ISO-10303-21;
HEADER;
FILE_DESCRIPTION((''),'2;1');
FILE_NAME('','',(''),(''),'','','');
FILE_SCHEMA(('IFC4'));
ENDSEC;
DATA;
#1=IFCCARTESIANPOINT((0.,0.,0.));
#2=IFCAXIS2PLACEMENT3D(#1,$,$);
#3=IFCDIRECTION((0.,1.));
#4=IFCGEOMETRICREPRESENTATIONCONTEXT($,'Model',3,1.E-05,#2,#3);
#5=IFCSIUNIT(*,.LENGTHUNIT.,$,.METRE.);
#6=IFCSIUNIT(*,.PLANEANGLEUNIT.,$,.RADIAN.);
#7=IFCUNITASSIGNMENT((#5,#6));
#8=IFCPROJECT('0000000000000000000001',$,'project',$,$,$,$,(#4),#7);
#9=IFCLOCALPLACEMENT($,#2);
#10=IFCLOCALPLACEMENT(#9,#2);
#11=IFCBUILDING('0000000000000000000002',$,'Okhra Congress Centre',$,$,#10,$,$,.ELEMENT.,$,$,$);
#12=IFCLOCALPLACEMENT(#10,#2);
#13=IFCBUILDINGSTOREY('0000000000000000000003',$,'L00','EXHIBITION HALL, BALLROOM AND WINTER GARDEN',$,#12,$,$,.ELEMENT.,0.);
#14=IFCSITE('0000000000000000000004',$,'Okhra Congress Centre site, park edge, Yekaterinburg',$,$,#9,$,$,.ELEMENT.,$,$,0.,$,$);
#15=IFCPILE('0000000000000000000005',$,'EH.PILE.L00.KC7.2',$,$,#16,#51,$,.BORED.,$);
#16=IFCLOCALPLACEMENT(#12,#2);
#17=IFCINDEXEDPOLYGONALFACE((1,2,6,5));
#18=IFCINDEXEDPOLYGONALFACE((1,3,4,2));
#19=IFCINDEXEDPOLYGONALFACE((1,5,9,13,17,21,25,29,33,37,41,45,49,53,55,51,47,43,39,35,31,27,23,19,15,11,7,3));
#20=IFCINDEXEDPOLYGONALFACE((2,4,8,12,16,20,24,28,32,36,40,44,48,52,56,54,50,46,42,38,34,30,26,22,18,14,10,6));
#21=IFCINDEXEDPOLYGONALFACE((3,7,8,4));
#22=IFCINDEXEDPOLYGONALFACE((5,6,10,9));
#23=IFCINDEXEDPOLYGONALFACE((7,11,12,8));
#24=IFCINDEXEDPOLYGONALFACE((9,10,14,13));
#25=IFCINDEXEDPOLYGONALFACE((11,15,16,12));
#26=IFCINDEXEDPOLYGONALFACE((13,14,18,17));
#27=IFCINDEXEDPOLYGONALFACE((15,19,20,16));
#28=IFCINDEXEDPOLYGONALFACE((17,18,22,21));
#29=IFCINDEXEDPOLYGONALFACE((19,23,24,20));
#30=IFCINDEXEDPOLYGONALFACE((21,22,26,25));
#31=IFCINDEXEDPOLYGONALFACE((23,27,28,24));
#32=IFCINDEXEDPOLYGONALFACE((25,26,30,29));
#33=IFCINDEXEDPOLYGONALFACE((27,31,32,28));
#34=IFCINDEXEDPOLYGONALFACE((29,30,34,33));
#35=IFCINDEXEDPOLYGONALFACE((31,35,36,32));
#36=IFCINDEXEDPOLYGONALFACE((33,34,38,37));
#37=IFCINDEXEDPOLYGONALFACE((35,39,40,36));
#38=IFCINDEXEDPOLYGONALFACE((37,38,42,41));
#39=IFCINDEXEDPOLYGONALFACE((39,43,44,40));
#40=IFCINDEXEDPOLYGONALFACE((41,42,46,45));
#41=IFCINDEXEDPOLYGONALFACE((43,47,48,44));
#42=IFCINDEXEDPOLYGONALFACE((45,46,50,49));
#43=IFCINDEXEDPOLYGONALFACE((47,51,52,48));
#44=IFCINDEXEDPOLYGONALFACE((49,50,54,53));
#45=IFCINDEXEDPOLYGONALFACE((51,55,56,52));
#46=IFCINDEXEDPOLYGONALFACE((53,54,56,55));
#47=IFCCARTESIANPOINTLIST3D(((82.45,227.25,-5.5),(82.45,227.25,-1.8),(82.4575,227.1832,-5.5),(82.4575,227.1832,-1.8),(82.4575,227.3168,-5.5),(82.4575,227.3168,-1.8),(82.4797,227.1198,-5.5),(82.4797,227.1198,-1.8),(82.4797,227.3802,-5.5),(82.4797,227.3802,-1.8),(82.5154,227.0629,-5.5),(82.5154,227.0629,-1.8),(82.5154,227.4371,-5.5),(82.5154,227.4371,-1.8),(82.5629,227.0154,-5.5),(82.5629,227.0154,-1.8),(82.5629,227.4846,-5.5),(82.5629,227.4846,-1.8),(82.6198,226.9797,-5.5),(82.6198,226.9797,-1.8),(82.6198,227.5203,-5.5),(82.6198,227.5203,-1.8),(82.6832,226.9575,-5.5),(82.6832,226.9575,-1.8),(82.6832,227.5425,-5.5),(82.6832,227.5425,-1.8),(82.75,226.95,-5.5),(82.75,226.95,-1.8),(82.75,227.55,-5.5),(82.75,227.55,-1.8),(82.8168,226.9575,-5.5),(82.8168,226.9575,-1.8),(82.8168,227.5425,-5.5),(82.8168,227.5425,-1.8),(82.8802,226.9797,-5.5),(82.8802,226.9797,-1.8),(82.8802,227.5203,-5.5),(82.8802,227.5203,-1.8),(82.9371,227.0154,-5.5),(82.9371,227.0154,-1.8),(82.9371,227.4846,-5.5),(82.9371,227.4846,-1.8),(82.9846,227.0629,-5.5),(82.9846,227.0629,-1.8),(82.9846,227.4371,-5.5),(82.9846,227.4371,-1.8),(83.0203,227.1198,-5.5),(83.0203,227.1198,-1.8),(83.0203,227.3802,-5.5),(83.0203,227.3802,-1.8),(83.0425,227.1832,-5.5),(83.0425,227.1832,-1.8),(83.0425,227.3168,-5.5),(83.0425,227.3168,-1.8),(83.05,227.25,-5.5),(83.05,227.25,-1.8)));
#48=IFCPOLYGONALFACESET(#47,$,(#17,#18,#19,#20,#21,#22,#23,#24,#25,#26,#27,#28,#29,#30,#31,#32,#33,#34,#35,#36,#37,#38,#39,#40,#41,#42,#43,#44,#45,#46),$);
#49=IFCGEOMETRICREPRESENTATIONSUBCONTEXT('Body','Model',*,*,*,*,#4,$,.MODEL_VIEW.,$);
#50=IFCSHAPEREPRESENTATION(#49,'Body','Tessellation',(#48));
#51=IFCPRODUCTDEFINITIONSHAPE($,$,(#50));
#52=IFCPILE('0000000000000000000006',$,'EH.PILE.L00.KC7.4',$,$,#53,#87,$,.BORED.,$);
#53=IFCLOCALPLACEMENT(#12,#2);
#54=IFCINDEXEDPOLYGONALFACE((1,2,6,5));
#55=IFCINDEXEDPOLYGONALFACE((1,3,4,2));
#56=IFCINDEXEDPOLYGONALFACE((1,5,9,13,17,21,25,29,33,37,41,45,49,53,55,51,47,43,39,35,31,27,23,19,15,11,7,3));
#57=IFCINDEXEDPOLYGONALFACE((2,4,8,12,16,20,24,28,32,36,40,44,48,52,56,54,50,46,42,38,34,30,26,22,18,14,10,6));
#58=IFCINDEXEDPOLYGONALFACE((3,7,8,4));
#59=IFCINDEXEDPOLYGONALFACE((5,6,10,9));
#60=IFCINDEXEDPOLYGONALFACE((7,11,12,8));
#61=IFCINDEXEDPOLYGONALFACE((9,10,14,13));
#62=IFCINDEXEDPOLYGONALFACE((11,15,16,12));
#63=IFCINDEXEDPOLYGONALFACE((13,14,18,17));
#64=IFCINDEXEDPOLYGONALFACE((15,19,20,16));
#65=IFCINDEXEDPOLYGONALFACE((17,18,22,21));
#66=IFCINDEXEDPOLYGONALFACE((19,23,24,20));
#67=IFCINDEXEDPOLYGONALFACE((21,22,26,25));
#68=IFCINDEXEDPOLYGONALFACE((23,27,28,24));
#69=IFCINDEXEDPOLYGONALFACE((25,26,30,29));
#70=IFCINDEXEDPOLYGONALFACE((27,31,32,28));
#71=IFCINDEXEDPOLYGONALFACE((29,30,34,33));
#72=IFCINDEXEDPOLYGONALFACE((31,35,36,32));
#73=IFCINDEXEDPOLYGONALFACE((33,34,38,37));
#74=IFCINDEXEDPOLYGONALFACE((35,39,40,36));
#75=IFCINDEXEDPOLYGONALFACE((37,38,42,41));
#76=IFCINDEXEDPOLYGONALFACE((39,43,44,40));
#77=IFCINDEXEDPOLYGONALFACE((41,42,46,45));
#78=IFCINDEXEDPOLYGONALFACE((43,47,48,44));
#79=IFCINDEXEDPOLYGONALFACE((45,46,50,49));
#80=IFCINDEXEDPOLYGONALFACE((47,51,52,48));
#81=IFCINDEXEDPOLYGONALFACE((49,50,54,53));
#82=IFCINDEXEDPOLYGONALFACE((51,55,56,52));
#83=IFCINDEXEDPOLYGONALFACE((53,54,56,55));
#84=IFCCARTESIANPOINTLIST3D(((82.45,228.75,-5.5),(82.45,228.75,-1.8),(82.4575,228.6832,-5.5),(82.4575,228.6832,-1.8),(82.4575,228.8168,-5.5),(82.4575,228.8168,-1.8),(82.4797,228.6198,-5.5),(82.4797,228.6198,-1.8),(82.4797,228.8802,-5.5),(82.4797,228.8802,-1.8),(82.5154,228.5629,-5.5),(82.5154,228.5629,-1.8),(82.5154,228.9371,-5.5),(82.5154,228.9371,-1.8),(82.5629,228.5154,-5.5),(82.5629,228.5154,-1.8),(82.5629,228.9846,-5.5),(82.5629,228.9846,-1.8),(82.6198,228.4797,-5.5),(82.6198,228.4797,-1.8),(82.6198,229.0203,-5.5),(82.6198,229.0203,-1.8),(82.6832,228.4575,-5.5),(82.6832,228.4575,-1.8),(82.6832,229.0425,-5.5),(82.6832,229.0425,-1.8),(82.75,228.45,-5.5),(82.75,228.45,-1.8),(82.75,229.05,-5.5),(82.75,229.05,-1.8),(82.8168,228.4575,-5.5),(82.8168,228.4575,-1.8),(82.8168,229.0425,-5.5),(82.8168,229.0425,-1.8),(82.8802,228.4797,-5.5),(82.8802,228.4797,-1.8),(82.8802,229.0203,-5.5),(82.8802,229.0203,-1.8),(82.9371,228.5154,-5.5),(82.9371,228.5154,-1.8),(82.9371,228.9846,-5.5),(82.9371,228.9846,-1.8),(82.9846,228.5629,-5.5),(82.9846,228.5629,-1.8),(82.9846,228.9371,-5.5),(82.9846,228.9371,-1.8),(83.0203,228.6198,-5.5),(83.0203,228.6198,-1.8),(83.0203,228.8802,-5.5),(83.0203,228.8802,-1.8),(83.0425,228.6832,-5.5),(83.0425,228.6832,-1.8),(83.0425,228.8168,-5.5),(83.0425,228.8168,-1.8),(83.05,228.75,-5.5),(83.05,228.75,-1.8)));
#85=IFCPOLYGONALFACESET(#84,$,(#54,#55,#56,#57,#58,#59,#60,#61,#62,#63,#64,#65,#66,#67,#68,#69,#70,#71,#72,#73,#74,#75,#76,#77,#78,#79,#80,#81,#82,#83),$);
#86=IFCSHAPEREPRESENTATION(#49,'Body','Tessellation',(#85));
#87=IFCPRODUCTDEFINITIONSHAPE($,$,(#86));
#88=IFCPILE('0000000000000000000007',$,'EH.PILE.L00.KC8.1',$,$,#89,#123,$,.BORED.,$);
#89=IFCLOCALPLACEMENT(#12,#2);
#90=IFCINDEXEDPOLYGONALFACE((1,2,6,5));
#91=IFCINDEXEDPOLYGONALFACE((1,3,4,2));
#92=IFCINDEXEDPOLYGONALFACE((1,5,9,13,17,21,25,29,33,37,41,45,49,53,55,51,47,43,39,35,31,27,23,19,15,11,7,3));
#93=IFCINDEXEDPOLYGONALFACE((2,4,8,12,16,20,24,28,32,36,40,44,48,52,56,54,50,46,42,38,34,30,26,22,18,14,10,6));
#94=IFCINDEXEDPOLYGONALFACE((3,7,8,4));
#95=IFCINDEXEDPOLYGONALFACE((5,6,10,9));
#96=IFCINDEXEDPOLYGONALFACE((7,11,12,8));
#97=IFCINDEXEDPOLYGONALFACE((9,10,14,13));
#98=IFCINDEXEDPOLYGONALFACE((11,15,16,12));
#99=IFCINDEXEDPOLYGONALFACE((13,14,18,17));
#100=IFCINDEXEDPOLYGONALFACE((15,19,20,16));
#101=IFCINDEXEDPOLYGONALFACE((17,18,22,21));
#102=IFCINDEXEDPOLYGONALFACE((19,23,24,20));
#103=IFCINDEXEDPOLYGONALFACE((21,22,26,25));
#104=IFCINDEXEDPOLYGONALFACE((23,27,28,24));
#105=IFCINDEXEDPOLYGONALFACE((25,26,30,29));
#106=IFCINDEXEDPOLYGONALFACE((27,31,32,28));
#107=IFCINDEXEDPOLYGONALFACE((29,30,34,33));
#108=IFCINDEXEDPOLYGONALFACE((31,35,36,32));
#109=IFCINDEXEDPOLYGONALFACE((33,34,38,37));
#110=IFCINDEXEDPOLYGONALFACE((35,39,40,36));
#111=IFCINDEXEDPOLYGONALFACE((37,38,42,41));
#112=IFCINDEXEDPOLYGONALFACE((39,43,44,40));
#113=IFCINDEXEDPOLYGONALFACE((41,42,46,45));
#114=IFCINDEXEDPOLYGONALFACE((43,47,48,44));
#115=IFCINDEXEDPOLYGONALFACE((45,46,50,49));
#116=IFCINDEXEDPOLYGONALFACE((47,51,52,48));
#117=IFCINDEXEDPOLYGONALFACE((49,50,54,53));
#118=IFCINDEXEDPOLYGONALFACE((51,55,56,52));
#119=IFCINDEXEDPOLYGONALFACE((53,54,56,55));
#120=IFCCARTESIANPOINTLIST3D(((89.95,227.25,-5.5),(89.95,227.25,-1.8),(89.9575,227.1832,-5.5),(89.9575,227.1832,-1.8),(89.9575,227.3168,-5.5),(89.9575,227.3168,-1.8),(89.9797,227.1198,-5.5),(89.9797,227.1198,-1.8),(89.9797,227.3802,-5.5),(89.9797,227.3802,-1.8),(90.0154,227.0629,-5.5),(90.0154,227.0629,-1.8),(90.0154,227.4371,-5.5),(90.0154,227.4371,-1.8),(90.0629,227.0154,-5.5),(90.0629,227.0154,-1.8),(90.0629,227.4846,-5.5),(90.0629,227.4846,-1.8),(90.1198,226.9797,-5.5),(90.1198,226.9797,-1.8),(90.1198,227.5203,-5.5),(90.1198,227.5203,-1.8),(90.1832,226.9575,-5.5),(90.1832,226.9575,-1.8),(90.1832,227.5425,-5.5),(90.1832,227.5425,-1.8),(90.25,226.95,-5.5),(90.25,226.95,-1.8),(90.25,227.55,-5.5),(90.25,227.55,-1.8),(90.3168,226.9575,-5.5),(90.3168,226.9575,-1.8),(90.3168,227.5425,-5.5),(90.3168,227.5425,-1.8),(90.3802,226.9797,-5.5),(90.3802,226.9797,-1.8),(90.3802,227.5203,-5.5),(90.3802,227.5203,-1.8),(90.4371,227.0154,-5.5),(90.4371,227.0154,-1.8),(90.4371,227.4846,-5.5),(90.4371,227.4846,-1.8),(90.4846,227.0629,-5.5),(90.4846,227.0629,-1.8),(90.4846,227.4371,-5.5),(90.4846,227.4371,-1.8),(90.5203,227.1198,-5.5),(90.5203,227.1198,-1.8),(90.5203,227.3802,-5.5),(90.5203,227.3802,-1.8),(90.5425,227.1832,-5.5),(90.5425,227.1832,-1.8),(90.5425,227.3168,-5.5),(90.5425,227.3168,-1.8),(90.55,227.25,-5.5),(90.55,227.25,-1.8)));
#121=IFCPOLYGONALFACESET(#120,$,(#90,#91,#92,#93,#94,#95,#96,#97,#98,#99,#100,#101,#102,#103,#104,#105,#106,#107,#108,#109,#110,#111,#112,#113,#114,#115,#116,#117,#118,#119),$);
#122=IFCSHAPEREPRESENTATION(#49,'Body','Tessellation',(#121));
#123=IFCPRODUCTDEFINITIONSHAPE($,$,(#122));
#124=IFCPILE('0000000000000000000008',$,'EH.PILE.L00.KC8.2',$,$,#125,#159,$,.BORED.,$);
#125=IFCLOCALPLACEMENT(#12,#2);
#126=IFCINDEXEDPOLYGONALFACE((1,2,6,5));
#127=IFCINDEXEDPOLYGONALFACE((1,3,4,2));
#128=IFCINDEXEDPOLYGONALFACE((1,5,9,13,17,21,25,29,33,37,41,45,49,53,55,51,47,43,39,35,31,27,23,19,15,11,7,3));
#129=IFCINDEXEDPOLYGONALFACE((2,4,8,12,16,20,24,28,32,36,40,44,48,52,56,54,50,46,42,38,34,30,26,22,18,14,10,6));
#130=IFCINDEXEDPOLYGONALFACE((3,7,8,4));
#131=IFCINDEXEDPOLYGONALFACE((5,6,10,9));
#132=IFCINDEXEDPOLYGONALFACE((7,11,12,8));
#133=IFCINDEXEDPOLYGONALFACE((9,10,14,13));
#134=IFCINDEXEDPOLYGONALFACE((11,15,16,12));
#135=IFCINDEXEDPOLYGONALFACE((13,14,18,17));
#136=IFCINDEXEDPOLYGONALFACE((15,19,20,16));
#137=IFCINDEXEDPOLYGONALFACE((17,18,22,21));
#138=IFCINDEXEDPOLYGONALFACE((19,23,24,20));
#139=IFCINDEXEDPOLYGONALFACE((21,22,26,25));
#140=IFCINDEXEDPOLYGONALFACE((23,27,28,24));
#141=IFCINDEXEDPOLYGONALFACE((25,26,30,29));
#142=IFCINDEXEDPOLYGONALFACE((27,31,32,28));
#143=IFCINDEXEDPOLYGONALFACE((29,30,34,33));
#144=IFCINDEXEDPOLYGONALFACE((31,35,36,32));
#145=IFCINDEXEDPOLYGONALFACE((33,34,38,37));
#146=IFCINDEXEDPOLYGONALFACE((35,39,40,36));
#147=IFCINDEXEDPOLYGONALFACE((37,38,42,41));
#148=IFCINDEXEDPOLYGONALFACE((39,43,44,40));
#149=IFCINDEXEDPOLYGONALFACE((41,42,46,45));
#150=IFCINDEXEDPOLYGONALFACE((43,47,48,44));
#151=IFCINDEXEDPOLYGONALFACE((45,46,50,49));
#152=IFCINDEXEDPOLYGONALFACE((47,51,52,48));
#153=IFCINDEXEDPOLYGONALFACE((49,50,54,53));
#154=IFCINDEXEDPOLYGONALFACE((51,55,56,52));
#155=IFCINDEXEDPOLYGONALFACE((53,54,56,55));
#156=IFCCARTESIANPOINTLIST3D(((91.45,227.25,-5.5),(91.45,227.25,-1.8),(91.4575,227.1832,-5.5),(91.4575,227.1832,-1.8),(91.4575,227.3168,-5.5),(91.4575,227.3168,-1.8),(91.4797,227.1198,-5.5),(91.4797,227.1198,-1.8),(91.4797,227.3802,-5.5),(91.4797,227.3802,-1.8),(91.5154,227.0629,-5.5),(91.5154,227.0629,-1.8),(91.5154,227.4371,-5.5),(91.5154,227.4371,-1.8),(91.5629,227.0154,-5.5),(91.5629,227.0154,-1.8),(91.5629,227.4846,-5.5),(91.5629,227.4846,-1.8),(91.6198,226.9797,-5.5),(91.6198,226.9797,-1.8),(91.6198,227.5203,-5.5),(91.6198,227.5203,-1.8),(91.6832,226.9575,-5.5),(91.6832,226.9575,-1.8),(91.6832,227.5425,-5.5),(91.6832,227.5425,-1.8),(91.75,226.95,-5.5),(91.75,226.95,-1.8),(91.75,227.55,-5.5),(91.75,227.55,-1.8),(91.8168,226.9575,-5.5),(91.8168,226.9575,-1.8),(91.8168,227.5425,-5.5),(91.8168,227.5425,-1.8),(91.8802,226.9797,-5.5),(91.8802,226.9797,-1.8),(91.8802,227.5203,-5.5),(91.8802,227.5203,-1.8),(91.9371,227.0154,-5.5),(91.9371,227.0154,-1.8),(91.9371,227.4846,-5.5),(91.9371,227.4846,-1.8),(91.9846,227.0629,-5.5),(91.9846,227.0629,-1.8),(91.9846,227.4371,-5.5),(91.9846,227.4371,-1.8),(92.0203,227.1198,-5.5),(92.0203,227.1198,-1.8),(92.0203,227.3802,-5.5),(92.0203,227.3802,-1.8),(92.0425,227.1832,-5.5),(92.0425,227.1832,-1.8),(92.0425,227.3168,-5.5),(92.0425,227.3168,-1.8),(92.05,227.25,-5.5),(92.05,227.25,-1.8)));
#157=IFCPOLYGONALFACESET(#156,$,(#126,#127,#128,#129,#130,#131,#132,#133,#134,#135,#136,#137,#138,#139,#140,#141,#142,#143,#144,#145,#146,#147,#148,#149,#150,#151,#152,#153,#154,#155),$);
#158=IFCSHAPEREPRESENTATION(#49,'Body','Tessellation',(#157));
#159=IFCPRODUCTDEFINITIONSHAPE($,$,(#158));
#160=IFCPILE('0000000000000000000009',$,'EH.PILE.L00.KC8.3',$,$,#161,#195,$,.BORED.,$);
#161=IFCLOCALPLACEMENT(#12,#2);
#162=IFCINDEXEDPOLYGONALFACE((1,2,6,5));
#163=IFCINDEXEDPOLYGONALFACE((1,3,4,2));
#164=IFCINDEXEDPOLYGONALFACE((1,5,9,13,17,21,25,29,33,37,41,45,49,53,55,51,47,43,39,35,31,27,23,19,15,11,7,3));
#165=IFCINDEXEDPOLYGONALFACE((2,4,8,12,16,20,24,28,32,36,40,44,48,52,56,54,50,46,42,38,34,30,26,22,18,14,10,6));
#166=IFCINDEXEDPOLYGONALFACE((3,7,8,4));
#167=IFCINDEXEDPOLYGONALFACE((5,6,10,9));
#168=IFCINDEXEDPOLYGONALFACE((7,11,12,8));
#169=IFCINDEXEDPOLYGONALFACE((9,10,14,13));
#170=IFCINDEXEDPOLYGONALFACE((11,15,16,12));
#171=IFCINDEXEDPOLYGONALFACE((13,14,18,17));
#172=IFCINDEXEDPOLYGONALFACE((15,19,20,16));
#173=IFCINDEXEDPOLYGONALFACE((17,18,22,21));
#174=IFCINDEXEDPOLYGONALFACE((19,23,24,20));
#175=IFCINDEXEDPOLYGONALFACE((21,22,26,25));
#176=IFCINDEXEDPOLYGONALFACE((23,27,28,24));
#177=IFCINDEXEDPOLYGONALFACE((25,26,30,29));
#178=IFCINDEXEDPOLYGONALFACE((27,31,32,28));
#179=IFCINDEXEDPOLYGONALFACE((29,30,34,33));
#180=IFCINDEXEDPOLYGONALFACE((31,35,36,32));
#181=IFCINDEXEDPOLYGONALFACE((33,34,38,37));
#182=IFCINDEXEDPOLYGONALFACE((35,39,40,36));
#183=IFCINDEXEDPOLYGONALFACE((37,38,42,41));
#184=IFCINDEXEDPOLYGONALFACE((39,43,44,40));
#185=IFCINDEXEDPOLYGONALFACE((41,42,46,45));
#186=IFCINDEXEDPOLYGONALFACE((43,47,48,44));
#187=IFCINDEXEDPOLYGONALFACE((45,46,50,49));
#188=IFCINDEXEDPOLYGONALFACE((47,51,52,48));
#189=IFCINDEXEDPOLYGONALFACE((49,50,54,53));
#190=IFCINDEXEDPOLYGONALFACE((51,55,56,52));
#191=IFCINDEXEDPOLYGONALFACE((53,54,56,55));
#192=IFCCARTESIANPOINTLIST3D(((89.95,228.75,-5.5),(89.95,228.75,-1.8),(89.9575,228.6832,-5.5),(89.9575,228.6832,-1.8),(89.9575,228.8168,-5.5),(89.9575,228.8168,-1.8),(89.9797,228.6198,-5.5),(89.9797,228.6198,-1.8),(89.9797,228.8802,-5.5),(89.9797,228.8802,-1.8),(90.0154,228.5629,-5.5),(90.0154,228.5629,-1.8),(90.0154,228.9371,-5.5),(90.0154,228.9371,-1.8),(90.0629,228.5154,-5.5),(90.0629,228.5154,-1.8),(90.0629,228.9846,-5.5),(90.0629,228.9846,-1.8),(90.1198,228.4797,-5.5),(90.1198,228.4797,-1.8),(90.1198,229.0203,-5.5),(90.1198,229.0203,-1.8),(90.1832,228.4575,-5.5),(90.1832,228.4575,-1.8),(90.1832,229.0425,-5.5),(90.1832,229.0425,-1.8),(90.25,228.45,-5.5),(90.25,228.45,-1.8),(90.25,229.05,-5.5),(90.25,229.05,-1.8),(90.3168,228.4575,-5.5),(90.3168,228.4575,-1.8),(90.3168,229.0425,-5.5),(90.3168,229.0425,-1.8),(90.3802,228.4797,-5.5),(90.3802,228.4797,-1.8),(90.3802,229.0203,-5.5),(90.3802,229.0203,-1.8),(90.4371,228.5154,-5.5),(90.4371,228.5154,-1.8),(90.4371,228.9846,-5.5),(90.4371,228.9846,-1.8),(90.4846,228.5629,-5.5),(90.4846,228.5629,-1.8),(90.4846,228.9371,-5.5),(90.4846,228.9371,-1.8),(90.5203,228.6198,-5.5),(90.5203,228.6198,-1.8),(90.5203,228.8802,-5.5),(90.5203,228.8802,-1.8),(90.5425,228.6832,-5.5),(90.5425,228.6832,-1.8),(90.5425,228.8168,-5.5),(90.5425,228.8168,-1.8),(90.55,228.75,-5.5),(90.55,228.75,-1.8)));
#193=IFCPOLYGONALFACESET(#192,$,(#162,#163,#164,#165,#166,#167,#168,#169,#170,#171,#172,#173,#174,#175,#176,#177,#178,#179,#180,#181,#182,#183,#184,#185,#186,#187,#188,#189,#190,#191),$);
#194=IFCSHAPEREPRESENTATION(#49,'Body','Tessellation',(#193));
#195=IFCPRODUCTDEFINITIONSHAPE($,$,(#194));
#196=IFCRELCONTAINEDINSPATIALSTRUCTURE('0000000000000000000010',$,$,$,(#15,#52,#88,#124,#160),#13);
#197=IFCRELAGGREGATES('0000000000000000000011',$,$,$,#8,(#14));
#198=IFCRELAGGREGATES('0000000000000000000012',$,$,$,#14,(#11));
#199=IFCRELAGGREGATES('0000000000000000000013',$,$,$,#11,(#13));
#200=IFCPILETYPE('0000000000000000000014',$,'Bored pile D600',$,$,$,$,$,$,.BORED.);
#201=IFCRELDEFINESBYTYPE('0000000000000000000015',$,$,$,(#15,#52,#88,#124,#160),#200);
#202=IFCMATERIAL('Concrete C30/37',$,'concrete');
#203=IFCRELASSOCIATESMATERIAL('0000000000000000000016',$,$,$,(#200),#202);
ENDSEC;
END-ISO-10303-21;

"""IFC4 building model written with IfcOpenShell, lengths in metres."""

from ifc_helpers import new_model, si_unit, direction, frame, origin, origin_2d, place, context, subcontext, project, spatial, circle, extrude, material, material_profile, profile_set, type_object, element, save


model = new_model("IFC4")

# Units and contexts
model_context = context("Model", 3, precision=1e-05, world=origin(), true_north=direction((0.0, 1.0)))
body_context = subcontext(model_context, "Body", "Model", "MODEL_VIEW")
ifc_project = project(units=[si_unit("LENGTHUNIT", "METRE"), si_unit("PLANEANGLEUNIT", "RADIAN")], contexts=[model_context])

# Site, building, storey
site_placement = place(None, origin())
site = spatial("IfcSite", under=ifc_project, at=site_placement, Name="Okhra Congress Centre site, park edge, Yekaterinburg", CompositionType="ELEMENT", RefElevation=0.0)
building_placement = place(site_placement, origin())
building = spatial("IfcBuilding", under=site, at=building_placement, Name="Okhra Congress Centre", CompositionType="ELEMENT")
storey_placement = place(building_placement, origin())
storey = spatial("IfcBuildingStorey", under=building, at=storey_placement, Name="L00", Description="EXHIBITION HALL, BALLROOM AND WINTER GARDEN", CompositionType="ELEMENT", Elevation=0.0)

# Piles
ifc_material_1 = material(Name="Concrete C30/37", Category="concrete")
ifc_material_profile_1 = material_profile(ifc_material_1, circle(Radius=0.3, at=origin_2d()), Name="D600")
ifc_profile_set_1 = profile_set([ifc_material_profile_1], Name="Concrete C30/37")
pile_type = type_object("IfcPileType", Name="Bored pile D600", PredefinedType="BORED", material=ifc_profile_set_1)
for number, where, z_axis, x_axis, name in (
    (1, (82.75, 227.25, -1.8), (0.0, 0.0, -1.0), (1.0, 0.0, 0.0), "EH.PILE.L00.KC7.2"),
    (2, (82.75, 228.75, -1.8), (0.0, 0.0, -1.0), (1.0, 0.0, 0.0), "EH.PILE.L00.KC7.4"),
    (3, (90.25, 227.25, -1.8), (0.0, 0.0, -1.0), (1.0, 0.0, 0.0), "EH.PILE.L00.KC8.1"),
    (4, (91.75, 227.25, -1.8), (0.0, 0.0, -1.0), (1.0, 0.0, 0.0), "EH.PILE.L00.KC8.2"),
    (5, (90.25, 228.75, -1.8), (0.0, 0.0, -1.0), (1.0, 0.0, 0.0), "EH.PILE.L00.KC8.3"),
):
    element("IfcPile", number, at=place(storey_placement, frame(where, z_axis=z_axis, x_axis=x_axis)), inside=storey, type_object=pile_type, Name=name, PredefinedType="BORED", context=body_context, shape_type="SweptSolid", body=[
        extrude(circle(Radius=0.3, at=origin_2d()), origin(), (0.0, 0.0, 1.0), 3.7),
    ])

save(model, "model.ifc")
